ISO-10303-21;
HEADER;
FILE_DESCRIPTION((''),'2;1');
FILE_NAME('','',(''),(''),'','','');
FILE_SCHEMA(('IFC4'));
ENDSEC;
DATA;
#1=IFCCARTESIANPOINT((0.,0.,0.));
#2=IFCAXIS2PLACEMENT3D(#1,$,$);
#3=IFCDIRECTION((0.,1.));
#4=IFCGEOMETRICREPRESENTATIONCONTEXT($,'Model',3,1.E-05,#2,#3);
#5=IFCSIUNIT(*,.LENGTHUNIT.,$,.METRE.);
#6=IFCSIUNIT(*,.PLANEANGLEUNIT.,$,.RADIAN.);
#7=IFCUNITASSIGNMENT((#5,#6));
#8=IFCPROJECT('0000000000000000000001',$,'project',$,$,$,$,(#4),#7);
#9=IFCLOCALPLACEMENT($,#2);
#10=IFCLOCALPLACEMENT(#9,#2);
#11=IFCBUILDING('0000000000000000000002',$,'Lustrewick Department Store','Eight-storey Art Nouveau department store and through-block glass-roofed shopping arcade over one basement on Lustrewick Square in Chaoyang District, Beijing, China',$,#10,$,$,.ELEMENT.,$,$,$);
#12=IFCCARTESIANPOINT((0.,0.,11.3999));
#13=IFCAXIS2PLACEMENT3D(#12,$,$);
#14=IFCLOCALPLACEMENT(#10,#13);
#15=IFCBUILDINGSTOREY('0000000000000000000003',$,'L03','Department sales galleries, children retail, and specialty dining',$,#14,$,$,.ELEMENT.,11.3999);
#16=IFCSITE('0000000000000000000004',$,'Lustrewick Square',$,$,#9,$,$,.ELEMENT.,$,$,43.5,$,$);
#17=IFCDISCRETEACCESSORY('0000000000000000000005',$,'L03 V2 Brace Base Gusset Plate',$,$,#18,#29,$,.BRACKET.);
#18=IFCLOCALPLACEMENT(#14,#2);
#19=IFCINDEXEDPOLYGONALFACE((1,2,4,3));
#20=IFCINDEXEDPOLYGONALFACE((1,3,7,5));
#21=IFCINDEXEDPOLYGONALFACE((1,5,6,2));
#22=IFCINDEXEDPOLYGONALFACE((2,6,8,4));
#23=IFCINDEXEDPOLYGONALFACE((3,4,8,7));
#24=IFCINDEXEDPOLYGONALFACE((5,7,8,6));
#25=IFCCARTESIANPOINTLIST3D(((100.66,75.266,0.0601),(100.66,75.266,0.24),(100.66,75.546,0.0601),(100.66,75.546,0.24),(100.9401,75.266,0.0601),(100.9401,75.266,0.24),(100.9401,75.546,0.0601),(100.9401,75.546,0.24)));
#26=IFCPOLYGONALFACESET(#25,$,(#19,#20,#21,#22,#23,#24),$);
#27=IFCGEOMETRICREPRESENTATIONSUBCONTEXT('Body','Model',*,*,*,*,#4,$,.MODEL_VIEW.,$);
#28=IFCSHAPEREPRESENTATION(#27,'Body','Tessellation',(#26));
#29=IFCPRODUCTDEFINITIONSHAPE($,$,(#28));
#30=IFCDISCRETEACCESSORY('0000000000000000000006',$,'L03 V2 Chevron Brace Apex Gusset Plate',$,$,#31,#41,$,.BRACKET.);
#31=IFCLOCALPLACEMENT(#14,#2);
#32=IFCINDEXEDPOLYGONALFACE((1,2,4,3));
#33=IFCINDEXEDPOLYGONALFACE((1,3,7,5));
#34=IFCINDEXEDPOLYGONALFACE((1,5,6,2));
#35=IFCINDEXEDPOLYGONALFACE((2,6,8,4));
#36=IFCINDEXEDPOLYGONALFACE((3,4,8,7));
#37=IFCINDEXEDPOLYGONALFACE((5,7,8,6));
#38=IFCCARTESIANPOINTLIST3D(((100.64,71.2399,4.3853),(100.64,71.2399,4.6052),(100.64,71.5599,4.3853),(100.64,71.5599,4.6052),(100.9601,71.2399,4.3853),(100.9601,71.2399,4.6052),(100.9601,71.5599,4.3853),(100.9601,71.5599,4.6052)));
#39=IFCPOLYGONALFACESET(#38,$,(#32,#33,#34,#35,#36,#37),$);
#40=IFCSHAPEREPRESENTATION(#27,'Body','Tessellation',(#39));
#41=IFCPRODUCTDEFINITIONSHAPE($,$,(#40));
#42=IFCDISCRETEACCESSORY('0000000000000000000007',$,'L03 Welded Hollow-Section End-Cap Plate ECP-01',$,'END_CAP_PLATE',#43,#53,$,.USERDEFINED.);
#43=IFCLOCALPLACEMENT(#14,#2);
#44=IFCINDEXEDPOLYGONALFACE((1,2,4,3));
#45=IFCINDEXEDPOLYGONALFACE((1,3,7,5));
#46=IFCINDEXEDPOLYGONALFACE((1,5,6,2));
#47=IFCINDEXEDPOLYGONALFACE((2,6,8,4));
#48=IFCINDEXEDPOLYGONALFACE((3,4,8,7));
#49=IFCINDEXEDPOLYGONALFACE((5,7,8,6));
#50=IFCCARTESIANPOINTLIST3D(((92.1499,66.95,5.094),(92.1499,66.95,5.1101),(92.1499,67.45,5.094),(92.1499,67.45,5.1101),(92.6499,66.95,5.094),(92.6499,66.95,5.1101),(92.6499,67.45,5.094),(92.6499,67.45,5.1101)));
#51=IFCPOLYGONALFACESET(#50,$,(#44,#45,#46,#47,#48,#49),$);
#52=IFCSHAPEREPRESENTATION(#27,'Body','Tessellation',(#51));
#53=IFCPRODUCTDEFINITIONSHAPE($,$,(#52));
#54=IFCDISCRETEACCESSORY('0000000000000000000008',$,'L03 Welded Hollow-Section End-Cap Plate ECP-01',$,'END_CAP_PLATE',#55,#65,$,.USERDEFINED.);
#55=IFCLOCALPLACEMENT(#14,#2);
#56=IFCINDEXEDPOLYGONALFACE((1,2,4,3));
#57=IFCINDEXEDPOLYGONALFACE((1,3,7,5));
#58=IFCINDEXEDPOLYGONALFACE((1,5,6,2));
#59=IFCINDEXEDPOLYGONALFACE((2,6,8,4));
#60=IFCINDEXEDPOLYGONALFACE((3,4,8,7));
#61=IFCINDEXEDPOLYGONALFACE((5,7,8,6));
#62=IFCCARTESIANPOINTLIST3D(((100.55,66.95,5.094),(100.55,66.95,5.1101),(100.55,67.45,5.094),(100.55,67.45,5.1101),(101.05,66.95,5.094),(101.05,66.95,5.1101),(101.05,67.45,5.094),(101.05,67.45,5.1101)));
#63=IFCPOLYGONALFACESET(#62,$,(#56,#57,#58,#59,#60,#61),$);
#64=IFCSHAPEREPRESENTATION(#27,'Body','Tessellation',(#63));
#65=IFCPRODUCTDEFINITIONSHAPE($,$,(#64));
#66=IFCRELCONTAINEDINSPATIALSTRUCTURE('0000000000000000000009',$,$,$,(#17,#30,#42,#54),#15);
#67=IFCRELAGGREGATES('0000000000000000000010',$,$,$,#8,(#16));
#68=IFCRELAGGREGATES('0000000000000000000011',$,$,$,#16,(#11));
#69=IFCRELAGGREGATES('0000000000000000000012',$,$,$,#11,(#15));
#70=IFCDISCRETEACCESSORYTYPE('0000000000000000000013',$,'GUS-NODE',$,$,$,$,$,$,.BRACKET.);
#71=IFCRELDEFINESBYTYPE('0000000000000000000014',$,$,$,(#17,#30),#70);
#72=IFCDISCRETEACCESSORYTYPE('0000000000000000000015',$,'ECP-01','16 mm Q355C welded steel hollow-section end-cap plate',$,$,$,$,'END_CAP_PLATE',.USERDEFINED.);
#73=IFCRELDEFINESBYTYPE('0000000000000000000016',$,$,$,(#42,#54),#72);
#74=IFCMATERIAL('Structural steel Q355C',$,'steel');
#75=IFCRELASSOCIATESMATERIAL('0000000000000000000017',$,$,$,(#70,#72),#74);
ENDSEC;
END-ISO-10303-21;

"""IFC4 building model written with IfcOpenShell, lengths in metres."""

from ifc_helpers import new_model, si_unit, direction, frame, origin, origin_2d, place, context, subcontext, project, spatial, rectangle, extrude, material, type_object, element, save


model = new_model("IFC4")

# Units and contexts
model_context = context("Model", 3, precision=1e-05, world=origin(), true_north=direction((0.0, 1.0)))
body_context = subcontext(model_context, "Body", "Model", "MODEL_VIEW")
ifc_project = project(units=[si_unit("LENGTHUNIT", "METRE"), si_unit("PLANEANGLEUNIT", "RADIAN")], contexts=[model_context])

# Site, building, storey
site_placement = place(None, origin())
site = spatial("IfcSite", under=ifc_project, at=site_placement, Name="Lustrewick Square", CompositionType="ELEMENT", RefElevation=43.5)
building_placement = place(site_placement, origin())
building = spatial("IfcBuilding", under=site, at=building_placement, Name="Lustrewick Department Store", Description="Eight-storey Art Nouveau department store and through-block glass-roofed shopping arcade over one basement on Lustrewick Square in Chaoyang District, Beijing, China", CompositionType="ELEMENT")
storey_placement = place(building_placement, frame((0.0, 0.0, 11.3999)))
storey = spatial("IfcBuildingStorey", under=building, at=storey_placement, Name="L03", Description="Department sales galleries, children retail, and specialty dining", CompositionType="ELEMENT", Elevation=11.3999)

# Shared definitions
ifc_material_1 = material(Name="Structural steel Q355C", Category="steel")

# Discrete accessories
discrete_accessory_type_1 = type_object("IfcDiscreteAccessoryType", Name="GUS-NODE", PredefinedType="BRACKET", material=ifc_material_1)
for number, where, z_axis, x_axis, name in (
    (1, (100.8, 75.406, 0.0601), (0.0, 0.0, 1.0), (1.0, 0.0, 0.0), "L03 V2 Brace Base Gusset Plate"),
):
    element("IfcDiscreteAccessory", number, at=place(storey_placement, frame(where, z_axis=z_axis, x_axis=x_axis)), inside=storey, type_object=discrete_accessory_type_1, Name=name, PredefinedType="BRACKET", context=body_context, shape_type="SweptSolid", body=[
        extrude(rectangle(XDim=0.28, YDim=0.28, at=origin_2d()), origin(), (0.0, 0.0, 1.0), 0.1799),
    ])
discrete_accessory_placement = place(storey_placement, frame((100.8, 71.3999, 4.3853), z_axis=(0.0, 0.0, 1.0), x_axis=(1.0, 0.0, 0.0)))
element("IfcDiscreteAccessory", 2, at=discrete_accessory_placement, inside=storey, type_object=discrete_accessory_type_1, Name="L03 V2 Chevron Brace Apex Gusset Plate", PredefinedType="BRACKET", context=body_context, shape_type="SweptSolid", body=[
    extrude(rectangle(XDim=0.3201, YDim=0.3201, at=origin_2d()), origin(), (0.0, 0.0, 1.0), 0.22),
])
discrete_accessory_type_2 = type_object("IfcDiscreteAccessoryType", Name="ECP-01", Description="16 mm Q355C welded steel hollow-section end-cap plate", ElementType="END_CAP_PLATE", PredefinedType="USERDEFINED", material=ifc_material_1)
for number, where, z_axis, x_axis, name in (
    (3, (92.3999, 67.2, 5.094), (0.0, 0.0, 1.0), (1.0, 0.0, 0.0), "L03 Welded Hollow-Section End-Cap Plate ECP-01"),
    (4, (100.8, 67.2, 5.094), (0.0, 0.0, 1.0), (1.0, 0.0, 0.0), "L03 Welded Hollow-Section End-Cap Plate ECP-01"),
):
    element("IfcDiscreteAccessory", number, at=place(storey_placement, frame(where, z_axis=z_axis, x_axis=x_axis)), inside=storey, type_object=discrete_accessory_type_2, Name=name, ObjectType="END_CAP_PLATE", PredefinedType="USERDEFINED", context=body_context, shape_type="SweptSolid", body=[
        extrude(rectangle(XDim=0.5, YDim=0.5, at=origin_2d()), origin(), (0.0, 0.0, 1.0), 0.0161),
    ])

save(model, "model.ifc")
